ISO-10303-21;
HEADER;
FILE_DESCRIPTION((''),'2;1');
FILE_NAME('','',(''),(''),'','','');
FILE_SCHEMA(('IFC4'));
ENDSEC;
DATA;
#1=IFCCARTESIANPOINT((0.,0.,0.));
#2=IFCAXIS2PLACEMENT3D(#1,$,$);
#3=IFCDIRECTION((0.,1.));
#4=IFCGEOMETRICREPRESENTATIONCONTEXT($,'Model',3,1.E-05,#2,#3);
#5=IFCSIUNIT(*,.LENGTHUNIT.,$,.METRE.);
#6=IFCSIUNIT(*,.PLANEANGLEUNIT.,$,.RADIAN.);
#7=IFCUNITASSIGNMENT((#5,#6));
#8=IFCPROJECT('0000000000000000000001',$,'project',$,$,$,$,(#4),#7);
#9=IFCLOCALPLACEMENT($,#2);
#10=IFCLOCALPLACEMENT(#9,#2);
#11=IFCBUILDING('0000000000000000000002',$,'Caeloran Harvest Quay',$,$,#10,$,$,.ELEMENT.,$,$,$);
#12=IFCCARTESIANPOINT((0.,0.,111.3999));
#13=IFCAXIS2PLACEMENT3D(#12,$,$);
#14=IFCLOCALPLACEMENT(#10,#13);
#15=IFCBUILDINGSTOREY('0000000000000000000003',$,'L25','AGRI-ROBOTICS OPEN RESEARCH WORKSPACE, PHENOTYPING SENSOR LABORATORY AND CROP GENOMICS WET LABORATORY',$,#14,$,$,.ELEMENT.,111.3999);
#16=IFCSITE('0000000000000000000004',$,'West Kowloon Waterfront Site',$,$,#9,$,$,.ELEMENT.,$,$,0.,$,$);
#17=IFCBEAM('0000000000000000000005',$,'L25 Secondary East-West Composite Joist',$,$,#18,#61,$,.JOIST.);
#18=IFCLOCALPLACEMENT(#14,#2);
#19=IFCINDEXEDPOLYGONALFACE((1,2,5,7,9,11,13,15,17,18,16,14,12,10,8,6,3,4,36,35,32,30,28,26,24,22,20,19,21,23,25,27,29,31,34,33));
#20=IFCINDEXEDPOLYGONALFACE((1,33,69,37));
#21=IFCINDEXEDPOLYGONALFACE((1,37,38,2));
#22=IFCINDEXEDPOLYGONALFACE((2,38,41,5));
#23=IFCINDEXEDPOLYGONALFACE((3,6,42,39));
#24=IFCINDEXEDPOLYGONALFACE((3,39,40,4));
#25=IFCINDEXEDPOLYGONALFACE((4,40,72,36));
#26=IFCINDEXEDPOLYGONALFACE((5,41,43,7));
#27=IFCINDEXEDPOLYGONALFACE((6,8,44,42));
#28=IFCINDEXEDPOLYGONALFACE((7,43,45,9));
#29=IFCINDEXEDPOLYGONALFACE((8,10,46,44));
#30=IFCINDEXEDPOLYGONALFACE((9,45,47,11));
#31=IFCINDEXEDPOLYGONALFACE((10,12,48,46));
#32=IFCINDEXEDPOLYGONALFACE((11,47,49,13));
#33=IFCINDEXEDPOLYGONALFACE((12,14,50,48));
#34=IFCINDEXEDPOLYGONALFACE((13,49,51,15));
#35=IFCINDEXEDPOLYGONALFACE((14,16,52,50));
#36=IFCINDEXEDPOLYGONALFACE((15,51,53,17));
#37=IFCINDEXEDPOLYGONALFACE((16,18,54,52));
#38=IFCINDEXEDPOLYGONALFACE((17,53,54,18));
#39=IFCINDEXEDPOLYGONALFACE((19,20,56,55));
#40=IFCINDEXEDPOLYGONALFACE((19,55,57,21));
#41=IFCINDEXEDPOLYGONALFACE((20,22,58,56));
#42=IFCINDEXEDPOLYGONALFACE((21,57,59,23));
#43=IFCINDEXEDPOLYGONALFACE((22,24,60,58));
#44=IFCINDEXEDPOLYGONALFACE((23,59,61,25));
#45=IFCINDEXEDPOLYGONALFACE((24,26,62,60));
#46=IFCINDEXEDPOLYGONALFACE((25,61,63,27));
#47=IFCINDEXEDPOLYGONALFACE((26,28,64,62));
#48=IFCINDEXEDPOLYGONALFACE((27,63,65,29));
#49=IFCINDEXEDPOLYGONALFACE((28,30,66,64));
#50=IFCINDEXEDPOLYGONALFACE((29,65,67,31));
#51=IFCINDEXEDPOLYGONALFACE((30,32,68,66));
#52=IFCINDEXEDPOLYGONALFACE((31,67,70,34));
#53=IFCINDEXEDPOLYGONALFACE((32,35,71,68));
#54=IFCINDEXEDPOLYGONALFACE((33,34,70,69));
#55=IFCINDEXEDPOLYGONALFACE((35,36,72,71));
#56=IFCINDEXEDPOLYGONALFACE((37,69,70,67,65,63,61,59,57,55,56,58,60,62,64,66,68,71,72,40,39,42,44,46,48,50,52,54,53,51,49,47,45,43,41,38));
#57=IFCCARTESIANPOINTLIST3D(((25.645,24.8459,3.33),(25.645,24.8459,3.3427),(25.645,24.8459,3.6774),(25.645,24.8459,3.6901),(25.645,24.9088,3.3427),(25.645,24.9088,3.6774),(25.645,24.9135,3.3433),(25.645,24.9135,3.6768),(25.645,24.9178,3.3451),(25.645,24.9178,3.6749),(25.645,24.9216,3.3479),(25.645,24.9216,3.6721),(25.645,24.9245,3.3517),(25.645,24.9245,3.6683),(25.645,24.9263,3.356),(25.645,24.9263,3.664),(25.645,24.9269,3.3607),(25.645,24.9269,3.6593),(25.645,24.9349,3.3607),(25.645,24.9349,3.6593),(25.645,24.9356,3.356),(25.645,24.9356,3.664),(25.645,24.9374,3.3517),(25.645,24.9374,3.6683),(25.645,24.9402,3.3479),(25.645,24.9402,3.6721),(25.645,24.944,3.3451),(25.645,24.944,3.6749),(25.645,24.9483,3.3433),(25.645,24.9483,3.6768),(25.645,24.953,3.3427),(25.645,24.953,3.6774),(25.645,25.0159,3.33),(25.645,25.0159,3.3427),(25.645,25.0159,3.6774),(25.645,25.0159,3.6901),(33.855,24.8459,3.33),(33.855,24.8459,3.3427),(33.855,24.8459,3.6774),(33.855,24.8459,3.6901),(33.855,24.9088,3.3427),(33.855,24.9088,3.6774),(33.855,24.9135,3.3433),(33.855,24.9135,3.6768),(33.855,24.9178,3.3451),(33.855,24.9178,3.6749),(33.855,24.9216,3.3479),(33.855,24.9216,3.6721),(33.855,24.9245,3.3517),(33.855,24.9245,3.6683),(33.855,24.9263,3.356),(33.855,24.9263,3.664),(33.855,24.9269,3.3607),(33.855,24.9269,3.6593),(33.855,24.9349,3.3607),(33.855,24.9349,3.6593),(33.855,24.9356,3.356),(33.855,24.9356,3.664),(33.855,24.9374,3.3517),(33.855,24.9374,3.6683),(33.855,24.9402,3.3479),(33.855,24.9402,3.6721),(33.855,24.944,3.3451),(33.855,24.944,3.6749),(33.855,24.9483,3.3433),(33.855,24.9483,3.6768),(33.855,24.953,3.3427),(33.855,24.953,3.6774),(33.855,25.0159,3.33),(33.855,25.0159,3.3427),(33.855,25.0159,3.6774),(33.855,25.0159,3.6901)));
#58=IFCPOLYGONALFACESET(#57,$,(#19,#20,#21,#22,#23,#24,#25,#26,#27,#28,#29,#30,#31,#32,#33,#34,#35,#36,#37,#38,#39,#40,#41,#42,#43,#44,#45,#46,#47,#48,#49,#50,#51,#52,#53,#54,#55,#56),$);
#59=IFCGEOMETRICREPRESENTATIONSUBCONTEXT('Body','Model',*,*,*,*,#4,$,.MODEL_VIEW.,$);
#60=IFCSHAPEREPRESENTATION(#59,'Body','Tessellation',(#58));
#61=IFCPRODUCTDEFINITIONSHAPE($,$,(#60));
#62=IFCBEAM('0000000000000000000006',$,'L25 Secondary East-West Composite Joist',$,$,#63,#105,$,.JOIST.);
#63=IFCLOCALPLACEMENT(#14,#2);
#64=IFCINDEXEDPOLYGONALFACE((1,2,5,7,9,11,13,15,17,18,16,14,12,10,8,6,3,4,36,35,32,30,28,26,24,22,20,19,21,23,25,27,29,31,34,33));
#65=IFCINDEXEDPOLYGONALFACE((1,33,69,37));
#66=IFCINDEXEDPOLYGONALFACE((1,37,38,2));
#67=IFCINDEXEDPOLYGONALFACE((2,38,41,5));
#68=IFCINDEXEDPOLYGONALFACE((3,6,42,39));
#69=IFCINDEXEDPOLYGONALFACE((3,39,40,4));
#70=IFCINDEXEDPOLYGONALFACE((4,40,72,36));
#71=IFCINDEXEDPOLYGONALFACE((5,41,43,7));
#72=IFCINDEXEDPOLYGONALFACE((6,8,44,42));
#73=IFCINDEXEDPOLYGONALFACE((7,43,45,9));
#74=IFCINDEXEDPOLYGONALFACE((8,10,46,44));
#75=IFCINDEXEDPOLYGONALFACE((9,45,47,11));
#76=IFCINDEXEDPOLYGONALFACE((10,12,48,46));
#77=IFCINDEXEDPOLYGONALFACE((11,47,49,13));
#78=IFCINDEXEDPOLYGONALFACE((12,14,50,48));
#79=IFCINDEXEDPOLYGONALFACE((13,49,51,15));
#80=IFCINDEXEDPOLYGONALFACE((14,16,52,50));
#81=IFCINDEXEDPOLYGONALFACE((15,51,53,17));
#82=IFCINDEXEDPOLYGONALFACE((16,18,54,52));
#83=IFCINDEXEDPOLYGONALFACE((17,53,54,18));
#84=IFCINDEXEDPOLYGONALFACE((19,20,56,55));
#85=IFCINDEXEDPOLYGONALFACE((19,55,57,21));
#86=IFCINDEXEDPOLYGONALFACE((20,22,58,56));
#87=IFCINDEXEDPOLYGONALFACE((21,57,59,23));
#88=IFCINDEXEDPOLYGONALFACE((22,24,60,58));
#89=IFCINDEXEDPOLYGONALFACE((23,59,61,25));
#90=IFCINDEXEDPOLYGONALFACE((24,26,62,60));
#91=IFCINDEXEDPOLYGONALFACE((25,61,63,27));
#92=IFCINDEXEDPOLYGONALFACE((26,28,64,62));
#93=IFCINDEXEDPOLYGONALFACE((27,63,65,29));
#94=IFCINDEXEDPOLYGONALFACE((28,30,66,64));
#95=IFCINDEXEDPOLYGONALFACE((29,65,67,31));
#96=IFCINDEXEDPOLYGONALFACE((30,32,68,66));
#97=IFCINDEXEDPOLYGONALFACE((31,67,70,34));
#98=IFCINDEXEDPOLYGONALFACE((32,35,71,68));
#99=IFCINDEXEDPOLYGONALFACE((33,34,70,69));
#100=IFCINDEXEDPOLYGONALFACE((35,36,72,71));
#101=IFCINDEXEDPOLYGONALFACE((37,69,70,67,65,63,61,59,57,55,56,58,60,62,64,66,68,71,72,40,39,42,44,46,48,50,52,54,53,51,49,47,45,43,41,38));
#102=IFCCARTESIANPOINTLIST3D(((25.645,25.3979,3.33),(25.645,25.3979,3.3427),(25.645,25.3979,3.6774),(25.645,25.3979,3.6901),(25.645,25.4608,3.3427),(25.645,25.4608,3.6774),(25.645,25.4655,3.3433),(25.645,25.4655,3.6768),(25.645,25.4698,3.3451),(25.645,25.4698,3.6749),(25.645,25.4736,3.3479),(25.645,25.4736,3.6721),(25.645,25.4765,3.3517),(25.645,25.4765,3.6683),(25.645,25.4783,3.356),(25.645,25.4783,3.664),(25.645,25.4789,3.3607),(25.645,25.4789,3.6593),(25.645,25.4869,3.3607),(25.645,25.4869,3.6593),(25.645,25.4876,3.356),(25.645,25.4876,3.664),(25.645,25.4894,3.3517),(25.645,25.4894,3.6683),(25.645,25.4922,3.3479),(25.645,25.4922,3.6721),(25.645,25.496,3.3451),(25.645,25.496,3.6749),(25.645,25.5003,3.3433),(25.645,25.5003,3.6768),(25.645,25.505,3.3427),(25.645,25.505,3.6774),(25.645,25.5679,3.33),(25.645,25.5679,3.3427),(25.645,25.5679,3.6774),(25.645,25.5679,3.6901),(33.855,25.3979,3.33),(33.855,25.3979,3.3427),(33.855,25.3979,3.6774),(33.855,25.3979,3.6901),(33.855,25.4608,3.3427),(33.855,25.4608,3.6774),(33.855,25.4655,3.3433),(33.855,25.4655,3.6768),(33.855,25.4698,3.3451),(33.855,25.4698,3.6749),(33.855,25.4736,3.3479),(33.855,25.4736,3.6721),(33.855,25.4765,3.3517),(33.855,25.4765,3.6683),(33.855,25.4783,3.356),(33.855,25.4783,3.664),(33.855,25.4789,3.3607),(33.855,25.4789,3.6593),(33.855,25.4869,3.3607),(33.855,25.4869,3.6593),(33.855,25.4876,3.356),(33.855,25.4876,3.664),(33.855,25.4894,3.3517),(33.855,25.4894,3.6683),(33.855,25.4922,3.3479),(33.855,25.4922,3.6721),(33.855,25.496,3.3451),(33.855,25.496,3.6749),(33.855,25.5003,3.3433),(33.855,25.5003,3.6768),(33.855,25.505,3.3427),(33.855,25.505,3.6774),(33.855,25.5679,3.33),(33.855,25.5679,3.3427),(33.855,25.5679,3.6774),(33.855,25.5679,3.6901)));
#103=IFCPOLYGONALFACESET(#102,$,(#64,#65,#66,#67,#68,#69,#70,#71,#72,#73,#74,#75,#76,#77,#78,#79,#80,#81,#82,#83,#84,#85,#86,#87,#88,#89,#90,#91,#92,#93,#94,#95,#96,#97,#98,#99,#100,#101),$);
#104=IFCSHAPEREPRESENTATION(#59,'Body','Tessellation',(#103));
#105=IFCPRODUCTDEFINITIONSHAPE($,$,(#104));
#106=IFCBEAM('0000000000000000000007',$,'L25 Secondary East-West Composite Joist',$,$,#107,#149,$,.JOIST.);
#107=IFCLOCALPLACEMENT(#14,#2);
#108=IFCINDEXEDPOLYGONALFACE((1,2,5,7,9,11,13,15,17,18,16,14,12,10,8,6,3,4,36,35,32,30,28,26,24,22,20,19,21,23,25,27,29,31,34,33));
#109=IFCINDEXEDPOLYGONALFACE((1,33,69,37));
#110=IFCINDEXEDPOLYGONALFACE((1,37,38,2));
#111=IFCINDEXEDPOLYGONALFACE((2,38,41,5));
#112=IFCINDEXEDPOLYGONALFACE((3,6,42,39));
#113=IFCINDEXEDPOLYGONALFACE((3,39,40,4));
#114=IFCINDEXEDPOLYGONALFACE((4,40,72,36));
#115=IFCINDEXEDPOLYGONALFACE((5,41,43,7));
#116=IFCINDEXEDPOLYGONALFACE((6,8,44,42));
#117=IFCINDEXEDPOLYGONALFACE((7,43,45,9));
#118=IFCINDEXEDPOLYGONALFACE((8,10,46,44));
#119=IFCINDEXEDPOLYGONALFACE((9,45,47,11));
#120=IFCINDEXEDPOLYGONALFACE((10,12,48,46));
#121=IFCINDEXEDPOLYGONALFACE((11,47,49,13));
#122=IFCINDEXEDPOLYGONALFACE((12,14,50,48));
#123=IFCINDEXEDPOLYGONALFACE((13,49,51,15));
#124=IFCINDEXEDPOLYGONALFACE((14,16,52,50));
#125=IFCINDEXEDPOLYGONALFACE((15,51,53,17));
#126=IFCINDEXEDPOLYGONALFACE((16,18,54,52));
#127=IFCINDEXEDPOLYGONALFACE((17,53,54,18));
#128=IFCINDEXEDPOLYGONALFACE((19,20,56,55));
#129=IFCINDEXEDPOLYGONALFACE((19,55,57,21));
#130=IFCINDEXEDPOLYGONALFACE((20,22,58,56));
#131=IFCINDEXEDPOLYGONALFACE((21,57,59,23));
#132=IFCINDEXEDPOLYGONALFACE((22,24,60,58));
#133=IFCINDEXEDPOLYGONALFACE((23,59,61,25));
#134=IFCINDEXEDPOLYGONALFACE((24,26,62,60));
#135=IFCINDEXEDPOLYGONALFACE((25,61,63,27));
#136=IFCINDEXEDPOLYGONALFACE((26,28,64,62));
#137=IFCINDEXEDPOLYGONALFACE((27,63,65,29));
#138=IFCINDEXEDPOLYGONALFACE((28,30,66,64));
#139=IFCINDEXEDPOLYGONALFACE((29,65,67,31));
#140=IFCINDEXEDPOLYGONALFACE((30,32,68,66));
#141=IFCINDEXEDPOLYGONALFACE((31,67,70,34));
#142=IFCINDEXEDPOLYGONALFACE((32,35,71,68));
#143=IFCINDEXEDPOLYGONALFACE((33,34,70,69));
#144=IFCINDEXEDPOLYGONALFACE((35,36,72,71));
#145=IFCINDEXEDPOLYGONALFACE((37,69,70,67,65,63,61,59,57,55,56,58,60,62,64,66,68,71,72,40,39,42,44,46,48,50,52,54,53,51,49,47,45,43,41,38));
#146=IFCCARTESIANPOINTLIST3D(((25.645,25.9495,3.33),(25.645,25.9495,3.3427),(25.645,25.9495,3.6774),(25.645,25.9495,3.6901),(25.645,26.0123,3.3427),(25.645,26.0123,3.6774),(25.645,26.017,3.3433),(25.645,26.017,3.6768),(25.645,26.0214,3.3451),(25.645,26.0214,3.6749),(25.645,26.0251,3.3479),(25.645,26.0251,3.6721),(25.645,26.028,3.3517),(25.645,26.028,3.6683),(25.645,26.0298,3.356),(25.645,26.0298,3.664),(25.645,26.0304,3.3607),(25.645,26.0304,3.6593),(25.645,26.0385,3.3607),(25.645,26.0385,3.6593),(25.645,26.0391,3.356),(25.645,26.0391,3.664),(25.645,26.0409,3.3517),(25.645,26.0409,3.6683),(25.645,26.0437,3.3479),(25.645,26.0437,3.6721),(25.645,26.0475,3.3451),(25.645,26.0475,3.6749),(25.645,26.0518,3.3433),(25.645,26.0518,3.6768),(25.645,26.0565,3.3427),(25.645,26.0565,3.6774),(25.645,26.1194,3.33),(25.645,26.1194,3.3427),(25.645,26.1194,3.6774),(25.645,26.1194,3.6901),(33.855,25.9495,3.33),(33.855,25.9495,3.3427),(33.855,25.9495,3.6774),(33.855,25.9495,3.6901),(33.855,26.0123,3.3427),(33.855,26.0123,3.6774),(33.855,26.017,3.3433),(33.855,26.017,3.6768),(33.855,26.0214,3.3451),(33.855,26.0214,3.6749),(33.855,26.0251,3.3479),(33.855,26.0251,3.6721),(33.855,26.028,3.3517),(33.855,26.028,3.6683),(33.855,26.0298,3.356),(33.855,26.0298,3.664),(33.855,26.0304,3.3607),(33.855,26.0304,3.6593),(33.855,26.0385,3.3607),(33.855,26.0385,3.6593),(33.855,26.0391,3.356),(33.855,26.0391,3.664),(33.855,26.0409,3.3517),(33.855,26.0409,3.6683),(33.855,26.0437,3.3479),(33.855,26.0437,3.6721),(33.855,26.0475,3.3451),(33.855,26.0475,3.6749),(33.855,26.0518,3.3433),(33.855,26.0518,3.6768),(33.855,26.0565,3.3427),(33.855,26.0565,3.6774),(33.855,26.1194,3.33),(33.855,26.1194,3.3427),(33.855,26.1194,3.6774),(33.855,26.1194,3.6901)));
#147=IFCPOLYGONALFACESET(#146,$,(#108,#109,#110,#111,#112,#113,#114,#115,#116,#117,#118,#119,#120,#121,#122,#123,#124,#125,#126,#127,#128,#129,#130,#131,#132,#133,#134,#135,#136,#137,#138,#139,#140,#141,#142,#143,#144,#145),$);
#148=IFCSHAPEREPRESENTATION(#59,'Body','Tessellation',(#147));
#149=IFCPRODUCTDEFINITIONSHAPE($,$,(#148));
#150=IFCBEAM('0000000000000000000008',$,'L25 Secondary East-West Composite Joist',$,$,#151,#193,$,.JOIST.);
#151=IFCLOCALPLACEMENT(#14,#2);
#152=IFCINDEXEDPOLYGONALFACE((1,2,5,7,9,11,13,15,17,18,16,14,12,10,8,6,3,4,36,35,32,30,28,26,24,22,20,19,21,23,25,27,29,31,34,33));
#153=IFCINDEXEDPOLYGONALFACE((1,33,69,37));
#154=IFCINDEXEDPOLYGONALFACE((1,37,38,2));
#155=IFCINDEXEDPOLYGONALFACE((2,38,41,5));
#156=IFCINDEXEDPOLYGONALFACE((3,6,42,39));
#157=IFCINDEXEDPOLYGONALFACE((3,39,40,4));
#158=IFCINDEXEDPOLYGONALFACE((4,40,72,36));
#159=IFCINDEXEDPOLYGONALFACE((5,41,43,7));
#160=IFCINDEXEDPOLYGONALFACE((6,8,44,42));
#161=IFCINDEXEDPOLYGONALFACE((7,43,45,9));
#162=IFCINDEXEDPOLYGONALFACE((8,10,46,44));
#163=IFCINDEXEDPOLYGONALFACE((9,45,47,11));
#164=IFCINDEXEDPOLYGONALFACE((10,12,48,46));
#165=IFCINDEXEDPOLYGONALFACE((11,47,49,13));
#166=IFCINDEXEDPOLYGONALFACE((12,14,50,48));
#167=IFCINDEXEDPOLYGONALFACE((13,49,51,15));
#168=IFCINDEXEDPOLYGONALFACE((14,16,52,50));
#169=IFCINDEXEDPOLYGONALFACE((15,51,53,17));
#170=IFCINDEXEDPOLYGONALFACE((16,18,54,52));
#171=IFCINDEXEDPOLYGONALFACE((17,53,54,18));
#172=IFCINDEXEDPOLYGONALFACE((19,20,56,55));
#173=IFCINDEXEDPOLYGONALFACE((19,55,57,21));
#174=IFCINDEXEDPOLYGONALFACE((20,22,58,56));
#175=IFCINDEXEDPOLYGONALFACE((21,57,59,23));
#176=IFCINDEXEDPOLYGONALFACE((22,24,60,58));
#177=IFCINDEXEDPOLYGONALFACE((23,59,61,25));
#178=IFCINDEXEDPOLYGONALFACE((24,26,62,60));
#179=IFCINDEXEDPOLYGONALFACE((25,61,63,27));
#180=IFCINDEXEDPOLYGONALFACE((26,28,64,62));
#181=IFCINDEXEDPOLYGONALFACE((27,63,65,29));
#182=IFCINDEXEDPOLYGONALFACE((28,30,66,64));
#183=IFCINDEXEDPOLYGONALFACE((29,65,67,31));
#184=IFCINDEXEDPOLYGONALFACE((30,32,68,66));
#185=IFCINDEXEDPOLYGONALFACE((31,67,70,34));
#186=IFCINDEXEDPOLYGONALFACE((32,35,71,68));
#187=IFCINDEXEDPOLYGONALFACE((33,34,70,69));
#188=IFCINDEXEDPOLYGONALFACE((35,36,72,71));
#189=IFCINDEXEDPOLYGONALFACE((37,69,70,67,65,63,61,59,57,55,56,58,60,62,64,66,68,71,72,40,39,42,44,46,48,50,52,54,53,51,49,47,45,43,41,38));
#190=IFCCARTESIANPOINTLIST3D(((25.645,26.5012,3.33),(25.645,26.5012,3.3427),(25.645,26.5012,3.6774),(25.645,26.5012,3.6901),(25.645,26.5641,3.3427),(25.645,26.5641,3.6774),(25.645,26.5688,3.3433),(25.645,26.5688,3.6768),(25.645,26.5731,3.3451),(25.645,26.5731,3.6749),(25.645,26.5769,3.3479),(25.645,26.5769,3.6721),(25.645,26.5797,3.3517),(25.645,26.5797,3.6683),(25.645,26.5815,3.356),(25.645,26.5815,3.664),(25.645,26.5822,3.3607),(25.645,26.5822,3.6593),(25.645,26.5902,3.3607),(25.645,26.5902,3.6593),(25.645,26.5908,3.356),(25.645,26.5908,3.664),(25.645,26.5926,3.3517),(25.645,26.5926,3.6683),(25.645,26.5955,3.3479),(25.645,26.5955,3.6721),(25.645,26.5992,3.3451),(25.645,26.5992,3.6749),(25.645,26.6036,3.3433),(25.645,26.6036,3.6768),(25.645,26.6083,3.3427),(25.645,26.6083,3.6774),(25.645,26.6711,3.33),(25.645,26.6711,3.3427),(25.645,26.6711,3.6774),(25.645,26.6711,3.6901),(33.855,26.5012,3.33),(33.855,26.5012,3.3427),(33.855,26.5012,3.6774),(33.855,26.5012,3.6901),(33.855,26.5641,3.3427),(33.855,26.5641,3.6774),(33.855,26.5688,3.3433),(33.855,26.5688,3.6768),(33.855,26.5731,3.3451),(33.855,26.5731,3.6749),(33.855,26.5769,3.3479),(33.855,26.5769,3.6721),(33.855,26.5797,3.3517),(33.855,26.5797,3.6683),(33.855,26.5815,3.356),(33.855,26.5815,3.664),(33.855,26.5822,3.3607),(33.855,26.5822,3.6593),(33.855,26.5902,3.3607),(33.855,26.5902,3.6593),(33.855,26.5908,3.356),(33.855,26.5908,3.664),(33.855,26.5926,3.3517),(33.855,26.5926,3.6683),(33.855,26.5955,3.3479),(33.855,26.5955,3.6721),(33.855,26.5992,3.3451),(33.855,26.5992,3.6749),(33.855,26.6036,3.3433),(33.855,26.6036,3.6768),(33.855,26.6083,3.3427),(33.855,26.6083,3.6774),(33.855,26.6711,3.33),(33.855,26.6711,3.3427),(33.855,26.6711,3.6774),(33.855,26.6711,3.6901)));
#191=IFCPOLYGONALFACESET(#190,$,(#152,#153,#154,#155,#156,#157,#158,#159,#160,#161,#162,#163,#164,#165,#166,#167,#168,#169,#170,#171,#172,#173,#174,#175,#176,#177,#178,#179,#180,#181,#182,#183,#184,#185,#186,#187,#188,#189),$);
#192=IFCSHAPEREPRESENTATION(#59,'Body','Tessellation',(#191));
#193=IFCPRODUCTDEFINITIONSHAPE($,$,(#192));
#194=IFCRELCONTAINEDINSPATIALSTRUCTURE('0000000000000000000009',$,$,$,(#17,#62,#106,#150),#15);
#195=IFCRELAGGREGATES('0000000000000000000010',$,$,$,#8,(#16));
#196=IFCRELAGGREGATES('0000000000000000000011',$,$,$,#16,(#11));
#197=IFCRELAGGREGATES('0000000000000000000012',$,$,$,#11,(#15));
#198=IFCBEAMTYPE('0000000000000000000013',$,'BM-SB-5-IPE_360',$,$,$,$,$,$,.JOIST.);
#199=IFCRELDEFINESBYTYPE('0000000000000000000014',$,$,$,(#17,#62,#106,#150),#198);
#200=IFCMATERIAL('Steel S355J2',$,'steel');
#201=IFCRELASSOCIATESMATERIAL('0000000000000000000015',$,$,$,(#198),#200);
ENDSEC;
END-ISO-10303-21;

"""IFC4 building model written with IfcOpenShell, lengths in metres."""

from ifc_helpers import new_model, si_unit, direction, frame, origin, origin_2d, place, context, subcontext, project, spatial, i_section, extrude, material, material_profile, profile_set, type_object, element, save


model = new_model("IFC4")

# Units and contexts
model_context = context("Model", 3, precision=1e-05, world=origin(), true_north=direction((0.0, 1.0)))
body_context = subcontext(model_context, "Body", "Model", "MODEL_VIEW")
ifc_project = project(units=[si_unit("LENGTHUNIT", "METRE"), si_unit("PLANEANGLEUNIT", "RADIAN")], contexts=[model_context])

# Site, building, storey
site_placement = place(None, origin())
site = spatial("IfcSite", under=ifc_project, at=site_placement, Name="West Kowloon Waterfront Site", CompositionType="ELEMENT", RefElevation=0.0)
building_placement = place(site_placement, origin())
building = spatial("IfcBuilding", under=site, at=building_placement, Name="Caeloran Harvest Quay", CompositionType="ELEMENT")
storey_placement = place(building_placement, frame((0.0, 0.0, 111.3999)))
storey = spatial("IfcBuildingStorey", under=building, at=storey_placement, Name="L25", Description="AGRI-ROBOTICS OPEN RESEARCH WORKSPACE, PHENOTYPING SENSOR LABORATORY AND CROP GENOMICS WET LABORATORY", CompositionType="ELEMENT", Elevation=111.3999)

# Beams
ifc_material_1 = material(Name="Steel S355J2", Category="steel")
ifc_material_profile_1 = material_profile(ifc_material_1, i_section(OverallWidth=0.1699, OverallDepth=0.3601, WebThickness=0.0081, FlangeThickness=0.0127, FilletRadius=0.0181, at=origin_2d()), Name="IPE 360")
ifc_profile_set_1 = profile_set([ifc_material_profile_1], Name="Steel S355J2")
beam_type_1 = type_object("IfcBeamType", Name="BM-SB-5-IPE_360", PredefinedType="JOIST", material=ifc_profile_set_1)
for number, where, z_axis, x_axis, name in (
    (1, (25.645, 24.9309, 3.51), (1.0, 0.0, 0.0), (0.0, 1.0, 0.0), "L25 Secondary East-West Composite Joist"),
    (2, (25.645, 25.4829, 3.51), (1.0, 0.0, 0.0), (0.0, 1.0, 0.0), "L25 Secondary East-West Composite Joist"),
    (3, (25.645, 26.0344, 3.51), (1.0, 0.0, 0.0), (0.0, 1.0, 0.0), "L25 Secondary East-West Composite Joist"),
    (4, (25.645, 26.5862, 3.51), (1.0, 0.0, 0.0), (0.0, 1.0, 0.0), "L25 Secondary East-West Composite Joist"),
):
    element("IfcBeam", number, at=place(storey_placement, frame(where, z_axis=z_axis, x_axis=x_axis)), inside=storey, type_object=beam_type_1, Name=name, PredefinedType="JOIST", context=body_context, shape_type="SweptSolid", body=[
        extrude(i_section(OverallWidth=0.1699, OverallDepth=0.3601, WebThickness=0.0081, FlangeThickness=0.0127, FilletRadius=0.0181, at=origin_2d()), origin(), (0.0, 0.0, 1.0), 8.21),
    ])

save(model, "model.ifc")
